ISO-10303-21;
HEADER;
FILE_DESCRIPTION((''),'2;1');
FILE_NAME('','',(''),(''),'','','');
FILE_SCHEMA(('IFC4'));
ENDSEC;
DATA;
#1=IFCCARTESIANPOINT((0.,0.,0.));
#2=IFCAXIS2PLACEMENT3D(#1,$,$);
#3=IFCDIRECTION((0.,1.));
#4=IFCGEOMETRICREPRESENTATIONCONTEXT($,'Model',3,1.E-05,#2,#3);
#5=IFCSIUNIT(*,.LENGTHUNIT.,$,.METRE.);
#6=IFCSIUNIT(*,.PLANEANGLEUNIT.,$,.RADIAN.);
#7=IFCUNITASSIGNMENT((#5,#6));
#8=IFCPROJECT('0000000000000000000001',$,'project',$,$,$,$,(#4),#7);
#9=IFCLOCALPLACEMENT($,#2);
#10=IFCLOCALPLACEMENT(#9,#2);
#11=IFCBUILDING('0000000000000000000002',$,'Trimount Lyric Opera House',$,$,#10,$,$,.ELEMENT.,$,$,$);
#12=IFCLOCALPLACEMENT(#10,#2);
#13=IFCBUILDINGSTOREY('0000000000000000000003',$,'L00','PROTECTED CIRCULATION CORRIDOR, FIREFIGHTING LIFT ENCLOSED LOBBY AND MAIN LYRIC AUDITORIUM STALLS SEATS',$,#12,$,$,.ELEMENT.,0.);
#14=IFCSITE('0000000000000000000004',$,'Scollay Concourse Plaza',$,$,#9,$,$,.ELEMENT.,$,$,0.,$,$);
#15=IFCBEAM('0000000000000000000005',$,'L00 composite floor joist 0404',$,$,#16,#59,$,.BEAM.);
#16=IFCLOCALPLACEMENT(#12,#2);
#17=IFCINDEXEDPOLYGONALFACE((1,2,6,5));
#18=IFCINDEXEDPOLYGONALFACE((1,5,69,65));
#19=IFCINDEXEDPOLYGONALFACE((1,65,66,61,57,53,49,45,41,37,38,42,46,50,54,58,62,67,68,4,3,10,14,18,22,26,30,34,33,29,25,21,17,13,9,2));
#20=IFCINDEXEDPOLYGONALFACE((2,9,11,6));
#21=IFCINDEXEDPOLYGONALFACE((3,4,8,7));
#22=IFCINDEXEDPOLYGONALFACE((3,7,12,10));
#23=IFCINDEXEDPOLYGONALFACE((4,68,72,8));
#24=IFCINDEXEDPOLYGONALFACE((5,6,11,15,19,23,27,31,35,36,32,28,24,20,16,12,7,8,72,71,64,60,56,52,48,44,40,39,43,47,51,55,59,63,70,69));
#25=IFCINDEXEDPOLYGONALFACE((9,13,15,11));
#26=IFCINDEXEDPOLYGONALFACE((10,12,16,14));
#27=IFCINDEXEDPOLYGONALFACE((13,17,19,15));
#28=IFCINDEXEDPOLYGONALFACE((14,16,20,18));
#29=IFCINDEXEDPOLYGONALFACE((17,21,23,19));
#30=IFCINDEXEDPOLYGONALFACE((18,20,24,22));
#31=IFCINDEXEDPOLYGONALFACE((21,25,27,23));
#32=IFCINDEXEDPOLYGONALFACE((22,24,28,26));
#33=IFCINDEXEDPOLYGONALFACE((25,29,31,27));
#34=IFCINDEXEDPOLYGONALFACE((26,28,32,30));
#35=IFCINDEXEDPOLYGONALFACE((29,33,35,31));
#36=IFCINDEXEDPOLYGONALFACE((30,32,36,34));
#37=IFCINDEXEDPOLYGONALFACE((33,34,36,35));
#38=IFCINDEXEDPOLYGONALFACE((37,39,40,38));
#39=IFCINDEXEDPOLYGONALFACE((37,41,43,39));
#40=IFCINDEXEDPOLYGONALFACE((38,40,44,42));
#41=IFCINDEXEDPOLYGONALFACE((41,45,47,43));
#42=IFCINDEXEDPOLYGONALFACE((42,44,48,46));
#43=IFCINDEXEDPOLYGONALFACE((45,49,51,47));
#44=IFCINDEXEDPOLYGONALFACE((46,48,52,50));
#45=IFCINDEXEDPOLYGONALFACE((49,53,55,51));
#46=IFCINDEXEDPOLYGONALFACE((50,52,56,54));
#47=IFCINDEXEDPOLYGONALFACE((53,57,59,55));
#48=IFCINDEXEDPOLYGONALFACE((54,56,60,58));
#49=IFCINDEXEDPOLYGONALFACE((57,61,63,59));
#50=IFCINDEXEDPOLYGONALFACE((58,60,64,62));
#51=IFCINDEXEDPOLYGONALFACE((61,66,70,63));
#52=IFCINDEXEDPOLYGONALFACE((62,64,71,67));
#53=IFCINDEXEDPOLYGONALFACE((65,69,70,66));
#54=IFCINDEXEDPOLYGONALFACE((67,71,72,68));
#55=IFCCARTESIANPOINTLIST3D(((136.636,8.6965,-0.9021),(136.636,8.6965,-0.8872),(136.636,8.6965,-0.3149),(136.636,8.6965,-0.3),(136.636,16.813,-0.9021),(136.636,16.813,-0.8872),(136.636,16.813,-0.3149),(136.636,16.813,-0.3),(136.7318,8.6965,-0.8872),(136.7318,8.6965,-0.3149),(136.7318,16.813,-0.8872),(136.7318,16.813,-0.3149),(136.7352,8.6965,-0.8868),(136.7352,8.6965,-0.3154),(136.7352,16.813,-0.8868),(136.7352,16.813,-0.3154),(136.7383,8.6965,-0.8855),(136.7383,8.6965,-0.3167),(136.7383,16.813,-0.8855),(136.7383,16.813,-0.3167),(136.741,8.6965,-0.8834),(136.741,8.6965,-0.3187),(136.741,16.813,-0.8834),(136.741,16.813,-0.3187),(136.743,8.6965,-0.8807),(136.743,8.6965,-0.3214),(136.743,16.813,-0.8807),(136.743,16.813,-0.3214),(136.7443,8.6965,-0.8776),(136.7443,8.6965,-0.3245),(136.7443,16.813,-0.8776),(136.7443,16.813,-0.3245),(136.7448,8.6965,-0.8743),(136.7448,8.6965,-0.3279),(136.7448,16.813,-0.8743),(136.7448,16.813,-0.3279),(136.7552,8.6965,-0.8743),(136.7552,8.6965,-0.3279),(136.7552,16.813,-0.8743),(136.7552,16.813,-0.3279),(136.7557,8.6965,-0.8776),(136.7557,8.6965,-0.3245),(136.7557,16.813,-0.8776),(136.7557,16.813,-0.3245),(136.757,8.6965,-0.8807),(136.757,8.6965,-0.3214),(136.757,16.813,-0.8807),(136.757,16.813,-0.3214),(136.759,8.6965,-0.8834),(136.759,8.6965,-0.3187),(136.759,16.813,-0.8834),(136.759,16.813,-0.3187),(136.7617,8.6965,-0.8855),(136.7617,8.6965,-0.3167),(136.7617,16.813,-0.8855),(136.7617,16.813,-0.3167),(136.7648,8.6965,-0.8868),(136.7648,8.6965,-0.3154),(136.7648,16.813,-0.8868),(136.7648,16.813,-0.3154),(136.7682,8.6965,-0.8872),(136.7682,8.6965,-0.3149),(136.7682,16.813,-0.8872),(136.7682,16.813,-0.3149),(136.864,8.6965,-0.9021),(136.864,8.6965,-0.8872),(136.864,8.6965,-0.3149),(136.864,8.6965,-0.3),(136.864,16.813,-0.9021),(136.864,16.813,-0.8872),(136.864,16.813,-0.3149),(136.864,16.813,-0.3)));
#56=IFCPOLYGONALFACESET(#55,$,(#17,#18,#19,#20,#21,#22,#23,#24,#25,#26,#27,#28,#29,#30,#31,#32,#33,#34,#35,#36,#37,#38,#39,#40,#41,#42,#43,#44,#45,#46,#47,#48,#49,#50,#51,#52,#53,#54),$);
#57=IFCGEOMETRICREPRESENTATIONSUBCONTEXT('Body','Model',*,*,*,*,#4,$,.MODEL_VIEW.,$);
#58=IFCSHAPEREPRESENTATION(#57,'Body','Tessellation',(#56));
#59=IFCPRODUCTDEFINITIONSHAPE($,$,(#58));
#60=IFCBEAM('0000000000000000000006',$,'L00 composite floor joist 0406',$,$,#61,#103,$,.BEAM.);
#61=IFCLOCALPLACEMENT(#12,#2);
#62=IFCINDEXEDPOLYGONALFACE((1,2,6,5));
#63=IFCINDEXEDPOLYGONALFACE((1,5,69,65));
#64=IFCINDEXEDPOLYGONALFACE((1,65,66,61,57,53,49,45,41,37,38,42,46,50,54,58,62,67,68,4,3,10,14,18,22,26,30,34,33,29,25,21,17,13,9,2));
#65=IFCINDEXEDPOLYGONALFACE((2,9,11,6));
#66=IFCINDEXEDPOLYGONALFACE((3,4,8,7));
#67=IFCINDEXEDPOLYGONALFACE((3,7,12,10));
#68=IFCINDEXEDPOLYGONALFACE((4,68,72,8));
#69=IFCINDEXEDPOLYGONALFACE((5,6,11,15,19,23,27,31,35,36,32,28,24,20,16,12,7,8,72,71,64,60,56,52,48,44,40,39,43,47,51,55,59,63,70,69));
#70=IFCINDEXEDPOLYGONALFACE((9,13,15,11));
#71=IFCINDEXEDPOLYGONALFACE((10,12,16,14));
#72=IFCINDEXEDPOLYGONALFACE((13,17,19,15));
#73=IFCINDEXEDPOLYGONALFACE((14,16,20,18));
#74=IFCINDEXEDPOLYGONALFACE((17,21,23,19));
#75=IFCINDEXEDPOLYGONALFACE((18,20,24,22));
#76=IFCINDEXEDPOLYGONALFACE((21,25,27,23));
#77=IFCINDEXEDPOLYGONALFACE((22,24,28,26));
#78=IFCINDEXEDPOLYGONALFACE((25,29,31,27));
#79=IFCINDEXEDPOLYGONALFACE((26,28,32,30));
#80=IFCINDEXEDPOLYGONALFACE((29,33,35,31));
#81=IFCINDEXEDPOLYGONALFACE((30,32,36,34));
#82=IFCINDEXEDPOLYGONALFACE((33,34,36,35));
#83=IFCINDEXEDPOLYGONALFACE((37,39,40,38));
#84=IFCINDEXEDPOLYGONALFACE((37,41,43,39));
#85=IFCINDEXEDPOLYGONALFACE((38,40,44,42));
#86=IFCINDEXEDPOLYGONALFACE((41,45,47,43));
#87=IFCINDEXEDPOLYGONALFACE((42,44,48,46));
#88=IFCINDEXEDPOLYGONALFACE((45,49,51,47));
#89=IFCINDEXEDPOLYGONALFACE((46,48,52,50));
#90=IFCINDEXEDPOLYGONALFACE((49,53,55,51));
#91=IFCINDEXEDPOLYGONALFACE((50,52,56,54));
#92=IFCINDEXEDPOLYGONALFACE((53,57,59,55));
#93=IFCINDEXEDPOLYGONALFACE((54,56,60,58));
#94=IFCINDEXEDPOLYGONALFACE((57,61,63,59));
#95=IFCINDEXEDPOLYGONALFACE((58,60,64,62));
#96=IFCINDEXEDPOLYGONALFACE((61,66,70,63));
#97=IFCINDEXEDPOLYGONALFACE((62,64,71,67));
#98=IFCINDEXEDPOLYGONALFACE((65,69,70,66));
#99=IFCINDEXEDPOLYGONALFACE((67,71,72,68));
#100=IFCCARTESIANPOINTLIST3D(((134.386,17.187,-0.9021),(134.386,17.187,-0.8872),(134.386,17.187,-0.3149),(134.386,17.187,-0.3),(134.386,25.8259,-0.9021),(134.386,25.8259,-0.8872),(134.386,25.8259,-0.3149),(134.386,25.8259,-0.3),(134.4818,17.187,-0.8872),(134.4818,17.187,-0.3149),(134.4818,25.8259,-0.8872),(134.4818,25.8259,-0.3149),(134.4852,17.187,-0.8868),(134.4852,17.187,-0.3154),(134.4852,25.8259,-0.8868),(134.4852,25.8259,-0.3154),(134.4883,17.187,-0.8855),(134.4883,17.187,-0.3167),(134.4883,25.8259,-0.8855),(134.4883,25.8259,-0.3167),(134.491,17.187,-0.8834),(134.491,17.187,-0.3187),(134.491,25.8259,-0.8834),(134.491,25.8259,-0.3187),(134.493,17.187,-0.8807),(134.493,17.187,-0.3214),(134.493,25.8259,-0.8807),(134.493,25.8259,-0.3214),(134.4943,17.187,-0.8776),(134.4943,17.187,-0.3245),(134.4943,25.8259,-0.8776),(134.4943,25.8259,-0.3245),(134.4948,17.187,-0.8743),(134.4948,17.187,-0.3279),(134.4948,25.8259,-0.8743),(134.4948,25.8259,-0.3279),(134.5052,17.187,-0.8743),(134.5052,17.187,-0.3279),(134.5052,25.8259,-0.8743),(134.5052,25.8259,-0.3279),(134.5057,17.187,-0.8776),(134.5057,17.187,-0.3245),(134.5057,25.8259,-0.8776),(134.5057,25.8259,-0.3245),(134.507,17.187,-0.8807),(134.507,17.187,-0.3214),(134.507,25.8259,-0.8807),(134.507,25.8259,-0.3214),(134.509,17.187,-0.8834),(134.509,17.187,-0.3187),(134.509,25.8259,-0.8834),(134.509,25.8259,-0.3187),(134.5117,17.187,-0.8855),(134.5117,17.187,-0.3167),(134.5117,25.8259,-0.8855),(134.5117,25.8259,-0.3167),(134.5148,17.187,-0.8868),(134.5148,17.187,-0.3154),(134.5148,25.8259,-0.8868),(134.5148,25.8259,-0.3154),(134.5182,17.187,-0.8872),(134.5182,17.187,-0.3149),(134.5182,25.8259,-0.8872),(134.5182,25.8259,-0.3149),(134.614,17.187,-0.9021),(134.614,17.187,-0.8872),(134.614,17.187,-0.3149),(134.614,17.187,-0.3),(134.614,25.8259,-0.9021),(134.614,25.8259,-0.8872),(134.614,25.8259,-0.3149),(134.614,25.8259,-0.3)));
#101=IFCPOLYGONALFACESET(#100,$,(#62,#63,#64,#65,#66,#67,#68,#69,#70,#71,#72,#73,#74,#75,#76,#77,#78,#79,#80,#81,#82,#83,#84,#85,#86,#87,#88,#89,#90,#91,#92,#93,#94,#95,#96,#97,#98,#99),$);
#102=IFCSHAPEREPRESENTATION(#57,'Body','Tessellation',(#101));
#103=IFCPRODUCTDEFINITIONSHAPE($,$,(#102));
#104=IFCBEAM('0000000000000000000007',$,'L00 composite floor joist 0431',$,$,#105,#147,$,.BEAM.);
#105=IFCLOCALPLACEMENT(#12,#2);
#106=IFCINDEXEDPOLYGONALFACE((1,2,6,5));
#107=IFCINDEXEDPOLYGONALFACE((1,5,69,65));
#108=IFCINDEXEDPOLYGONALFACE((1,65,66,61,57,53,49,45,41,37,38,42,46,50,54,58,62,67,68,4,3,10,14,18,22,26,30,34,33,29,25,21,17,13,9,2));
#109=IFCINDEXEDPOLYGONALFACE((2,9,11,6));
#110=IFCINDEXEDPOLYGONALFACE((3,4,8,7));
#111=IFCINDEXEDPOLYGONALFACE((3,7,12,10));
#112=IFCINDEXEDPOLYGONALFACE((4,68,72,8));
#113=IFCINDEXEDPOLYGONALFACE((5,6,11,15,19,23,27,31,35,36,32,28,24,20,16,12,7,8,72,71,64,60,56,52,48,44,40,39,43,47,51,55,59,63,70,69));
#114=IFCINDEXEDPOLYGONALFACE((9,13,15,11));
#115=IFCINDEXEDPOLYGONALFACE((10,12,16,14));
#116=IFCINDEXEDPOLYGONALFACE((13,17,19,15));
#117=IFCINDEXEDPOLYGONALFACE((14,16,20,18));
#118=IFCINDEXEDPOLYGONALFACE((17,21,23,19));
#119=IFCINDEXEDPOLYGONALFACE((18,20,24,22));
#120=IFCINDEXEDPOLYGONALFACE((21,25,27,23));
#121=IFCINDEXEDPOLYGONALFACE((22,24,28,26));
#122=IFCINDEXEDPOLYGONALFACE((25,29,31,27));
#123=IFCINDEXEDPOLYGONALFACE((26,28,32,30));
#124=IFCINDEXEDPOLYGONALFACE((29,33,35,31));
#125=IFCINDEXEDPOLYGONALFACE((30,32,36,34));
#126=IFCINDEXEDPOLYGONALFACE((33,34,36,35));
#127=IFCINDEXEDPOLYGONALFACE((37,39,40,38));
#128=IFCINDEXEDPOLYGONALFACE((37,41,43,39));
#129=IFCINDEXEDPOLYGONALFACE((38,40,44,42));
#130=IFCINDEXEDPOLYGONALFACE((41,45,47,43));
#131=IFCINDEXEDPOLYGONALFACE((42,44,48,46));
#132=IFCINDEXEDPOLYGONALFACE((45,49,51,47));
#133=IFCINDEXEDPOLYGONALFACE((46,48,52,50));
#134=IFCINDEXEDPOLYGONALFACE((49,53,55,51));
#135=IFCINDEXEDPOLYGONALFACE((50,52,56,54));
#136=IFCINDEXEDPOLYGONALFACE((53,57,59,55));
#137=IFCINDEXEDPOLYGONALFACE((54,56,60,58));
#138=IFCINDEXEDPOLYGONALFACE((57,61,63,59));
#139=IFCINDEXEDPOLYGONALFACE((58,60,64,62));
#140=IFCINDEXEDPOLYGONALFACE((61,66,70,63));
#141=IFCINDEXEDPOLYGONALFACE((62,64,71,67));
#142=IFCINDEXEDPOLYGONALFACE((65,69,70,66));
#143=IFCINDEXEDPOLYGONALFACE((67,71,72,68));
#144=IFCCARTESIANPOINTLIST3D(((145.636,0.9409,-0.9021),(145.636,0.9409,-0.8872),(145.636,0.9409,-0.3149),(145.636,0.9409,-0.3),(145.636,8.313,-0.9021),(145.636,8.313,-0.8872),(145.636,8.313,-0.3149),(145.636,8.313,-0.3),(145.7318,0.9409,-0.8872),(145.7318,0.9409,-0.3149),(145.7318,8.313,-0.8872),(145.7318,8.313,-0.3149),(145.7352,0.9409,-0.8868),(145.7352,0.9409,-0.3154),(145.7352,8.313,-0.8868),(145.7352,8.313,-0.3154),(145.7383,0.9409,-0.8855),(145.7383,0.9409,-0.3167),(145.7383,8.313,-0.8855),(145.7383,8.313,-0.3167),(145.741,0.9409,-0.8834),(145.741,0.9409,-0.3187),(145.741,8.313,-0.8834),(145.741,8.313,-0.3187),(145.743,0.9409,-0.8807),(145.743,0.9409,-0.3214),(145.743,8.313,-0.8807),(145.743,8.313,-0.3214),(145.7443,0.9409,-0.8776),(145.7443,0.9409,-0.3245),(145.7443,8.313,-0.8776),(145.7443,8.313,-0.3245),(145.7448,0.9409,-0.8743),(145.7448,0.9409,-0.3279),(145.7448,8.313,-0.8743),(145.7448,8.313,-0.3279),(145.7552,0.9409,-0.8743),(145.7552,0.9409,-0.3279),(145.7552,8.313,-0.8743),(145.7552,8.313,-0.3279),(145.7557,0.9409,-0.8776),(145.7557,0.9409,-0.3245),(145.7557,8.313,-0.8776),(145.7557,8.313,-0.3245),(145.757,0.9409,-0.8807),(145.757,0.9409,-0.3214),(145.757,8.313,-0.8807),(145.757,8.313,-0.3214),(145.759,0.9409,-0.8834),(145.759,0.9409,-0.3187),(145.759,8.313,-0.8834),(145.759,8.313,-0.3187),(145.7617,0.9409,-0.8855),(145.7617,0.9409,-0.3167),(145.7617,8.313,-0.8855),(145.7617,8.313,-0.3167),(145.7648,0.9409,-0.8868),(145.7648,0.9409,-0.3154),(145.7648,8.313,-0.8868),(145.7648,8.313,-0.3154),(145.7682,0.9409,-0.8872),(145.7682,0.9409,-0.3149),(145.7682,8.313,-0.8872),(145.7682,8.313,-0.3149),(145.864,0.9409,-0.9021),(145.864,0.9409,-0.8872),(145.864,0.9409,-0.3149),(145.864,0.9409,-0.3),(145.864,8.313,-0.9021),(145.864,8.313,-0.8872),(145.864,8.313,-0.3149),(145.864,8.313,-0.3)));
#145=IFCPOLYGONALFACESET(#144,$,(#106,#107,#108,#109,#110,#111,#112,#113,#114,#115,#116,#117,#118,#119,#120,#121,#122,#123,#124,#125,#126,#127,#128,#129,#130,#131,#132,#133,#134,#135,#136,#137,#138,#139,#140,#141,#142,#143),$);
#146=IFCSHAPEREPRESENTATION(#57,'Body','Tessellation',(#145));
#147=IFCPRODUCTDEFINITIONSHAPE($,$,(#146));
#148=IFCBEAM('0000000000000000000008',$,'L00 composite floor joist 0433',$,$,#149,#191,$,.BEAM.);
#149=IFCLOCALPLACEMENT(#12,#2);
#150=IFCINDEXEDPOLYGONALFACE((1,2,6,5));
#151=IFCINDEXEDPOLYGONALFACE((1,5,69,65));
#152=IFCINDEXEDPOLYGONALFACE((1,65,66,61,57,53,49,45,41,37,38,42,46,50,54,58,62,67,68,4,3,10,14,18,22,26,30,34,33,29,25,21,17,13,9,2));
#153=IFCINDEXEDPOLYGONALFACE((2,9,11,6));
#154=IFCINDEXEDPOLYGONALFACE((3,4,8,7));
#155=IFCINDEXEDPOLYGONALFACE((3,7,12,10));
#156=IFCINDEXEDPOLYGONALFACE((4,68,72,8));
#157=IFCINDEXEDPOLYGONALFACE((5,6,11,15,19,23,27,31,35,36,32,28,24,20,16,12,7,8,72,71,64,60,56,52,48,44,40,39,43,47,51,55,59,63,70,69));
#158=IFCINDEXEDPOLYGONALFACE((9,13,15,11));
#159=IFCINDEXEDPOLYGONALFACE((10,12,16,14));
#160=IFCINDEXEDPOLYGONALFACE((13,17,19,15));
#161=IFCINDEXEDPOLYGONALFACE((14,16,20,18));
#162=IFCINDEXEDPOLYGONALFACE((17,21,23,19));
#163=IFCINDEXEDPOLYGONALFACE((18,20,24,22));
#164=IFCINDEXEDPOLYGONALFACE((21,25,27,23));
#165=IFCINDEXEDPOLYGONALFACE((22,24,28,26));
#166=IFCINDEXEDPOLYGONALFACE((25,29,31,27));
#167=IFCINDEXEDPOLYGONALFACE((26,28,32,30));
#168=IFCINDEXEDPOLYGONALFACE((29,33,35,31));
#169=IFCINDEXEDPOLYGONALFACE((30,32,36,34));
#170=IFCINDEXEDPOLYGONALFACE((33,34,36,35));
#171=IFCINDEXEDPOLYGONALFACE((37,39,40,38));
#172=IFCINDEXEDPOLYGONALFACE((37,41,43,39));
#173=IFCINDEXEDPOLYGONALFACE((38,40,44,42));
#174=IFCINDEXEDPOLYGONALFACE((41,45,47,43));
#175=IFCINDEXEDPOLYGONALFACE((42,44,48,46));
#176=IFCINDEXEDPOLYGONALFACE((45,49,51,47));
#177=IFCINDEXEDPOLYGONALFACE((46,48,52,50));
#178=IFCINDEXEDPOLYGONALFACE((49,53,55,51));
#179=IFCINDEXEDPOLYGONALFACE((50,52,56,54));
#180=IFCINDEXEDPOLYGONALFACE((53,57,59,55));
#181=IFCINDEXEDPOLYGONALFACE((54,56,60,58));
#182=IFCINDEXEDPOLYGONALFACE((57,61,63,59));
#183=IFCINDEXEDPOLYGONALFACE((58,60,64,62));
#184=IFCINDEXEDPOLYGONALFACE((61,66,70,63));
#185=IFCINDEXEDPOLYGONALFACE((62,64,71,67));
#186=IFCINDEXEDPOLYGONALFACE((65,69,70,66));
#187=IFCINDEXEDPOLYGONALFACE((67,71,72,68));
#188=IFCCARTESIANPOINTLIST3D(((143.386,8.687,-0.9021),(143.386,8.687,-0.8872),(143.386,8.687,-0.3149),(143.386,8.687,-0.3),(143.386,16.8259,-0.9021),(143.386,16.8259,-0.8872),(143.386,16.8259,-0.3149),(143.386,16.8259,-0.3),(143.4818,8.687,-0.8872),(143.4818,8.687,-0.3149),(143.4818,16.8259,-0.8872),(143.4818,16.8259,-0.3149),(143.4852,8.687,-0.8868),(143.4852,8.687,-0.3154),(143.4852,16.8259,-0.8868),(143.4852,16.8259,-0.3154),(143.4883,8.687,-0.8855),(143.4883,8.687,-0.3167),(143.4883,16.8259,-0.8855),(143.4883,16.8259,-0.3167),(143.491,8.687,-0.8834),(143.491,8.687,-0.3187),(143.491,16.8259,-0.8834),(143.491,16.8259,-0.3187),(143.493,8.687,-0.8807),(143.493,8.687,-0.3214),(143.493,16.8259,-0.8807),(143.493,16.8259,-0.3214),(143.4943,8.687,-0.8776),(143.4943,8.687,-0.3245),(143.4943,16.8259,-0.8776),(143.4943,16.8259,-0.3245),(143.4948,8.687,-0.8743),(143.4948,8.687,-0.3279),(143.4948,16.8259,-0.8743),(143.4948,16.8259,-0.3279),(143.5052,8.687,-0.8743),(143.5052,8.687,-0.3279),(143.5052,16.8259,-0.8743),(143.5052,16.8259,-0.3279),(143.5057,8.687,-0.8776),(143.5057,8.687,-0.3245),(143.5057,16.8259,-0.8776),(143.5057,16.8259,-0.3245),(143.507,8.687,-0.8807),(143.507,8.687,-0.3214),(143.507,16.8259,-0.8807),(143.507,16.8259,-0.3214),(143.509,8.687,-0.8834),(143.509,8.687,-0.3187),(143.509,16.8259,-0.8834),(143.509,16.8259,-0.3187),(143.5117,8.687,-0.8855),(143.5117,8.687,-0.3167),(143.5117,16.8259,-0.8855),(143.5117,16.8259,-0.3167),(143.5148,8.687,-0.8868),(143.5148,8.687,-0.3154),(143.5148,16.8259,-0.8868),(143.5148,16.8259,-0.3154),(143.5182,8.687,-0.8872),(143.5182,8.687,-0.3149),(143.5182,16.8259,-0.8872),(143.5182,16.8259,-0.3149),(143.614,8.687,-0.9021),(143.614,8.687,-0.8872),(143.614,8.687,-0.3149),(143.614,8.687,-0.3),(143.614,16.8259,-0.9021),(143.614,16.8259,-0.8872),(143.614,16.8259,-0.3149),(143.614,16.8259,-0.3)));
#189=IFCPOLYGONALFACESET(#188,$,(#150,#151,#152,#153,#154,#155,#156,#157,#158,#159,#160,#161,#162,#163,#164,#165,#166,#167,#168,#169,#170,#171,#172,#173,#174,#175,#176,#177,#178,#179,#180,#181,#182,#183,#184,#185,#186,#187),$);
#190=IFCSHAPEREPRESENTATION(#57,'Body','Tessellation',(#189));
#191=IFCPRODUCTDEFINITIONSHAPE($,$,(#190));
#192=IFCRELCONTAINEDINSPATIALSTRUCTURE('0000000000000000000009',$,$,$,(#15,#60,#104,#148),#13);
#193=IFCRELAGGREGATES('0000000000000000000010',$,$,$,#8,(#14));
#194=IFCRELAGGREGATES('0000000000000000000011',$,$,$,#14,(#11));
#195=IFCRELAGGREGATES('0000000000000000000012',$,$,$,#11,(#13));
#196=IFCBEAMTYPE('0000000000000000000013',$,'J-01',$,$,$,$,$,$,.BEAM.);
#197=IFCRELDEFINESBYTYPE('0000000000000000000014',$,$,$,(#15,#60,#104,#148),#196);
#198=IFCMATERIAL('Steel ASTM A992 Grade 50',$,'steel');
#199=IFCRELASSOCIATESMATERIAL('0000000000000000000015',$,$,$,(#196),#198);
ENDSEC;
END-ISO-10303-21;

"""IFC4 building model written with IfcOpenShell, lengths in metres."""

from ifc_helpers import new_model, si_unit, direction, frame, origin, origin_2d, place, context, subcontext, project, spatial, i_section, extrude, material, material_profile, profile_set, type_object, element, save


model = new_model("IFC4")

# Units and contexts
model_context = context("Model", 3, precision=1e-05, world=origin(), true_north=direction((0.0, 1.0)))
body_context = subcontext(model_context, "Body", "Model", "MODEL_VIEW")
ifc_project = project(units=[si_unit("LENGTHUNIT", "METRE"), si_unit("PLANEANGLEUNIT", "RADIAN")], contexts=[model_context])

# Site, building, storey
site_placement = place(None, origin())
site = spatial("IfcSite", under=ifc_project, at=site_placement, Name="Scollay Concourse Plaza", CompositionType="ELEMENT", RefElevation=0.0)
building_placement = place(site_placement, origin())
building = spatial("IfcBuilding", under=site, at=building_placement, Name="Trimount Lyric Opera House", CompositionType="ELEMENT")
storey_placement = place(building_placement, origin())
storey = spatial("IfcBuildingStorey", under=building, at=storey_placement, Name="L00", Description="PROTECTED CIRCULATION CORRIDOR, FIREFIGHTING LIFT ENCLOSED LOBBY AND MAIN LYRIC AUDITORIUM STALLS SEATS", CompositionType="ELEMENT", Elevation=0.0)

# Beams
ifc_material_1 = material(Name="Steel ASTM A992 Grade 50", Category="steel")
ifc_material_profile_1 = material_profile(ifc_material_1, i_section(OverallWidth=0.228, OverallDepth=0.6021, WebThickness=0.0105, FlangeThickness=0.0149, FilletRadius=0.0129, at=origin_2d()), Name="W24X68")
ifc_profile_set_1 = profile_set([ifc_material_profile_1], Name="Steel ASTM A992 Grade 50")
beam_type_1 = type_object("IfcBeamType", Name="J-01", PredefinedType="BEAM", material=ifc_profile_set_1)
beam_1_placement = place(storey_placement, frame((136.75, 8.6965, -0.6011), z_axis=(0.0, 1.0, 0.0), x_axis=(-1.0, 0.0, 0.0)))
element("IfcBeam", 1, at=beam_1_placement, inside=storey, type_object=beam_type_1, Name="L00 composite floor joist 0404", PredefinedType="BEAM", context=body_context, shape_type="SweptSolid", body=[
    extrude(i_section(OverallWidth=0.228, OverallDepth=0.6021, WebThickness=0.0105, FlangeThickness=0.0149, FilletRadius=0.0129, at=origin_2d()), origin(), (0.0, 0.0, 1.0), 8.1165),
])
beam_2_placement = place(storey_placement, frame((134.5, 17.187, -0.6011), z_axis=(0.0, 1.0, 0.0), x_axis=(-1.0, 0.0, 0.0)))
element("IfcBeam", 2, at=beam_2_placement, inside=storey, type_object=beam_type_1, Name="L00 composite floor joist 0406", PredefinedType="BEAM", context=body_context, shape_type="SweptSolid", body=[
    extrude(i_section(OverallWidth=0.228, OverallDepth=0.6021, WebThickness=0.0105, FlangeThickness=0.0149, FilletRadius=0.0129, at=origin_2d()), origin(), (0.0, 0.0, 1.0), 8.6389),
])
beam_3_placement = place(storey_placement, frame((145.75, 0.9409, -0.6011), z_axis=(0.0, 1.0, 0.0), x_axis=(-1.0, 0.0, 0.0)))
element("IfcBeam", 3, at=beam_3_placement, inside=storey, type_object=beam_type_1, Name="L00 composite floor joist 0431", PredefinedType="BEAM", context=body_context, shape_type="SweptSolid", body=[
    extrude(i_section(OverallWidth=0.228, OverallDepth=0.6021, WebThickness=0.0105, FlangeThickness=0.0149, FilletRadius=0.0129, at=origin_2d()), origin(), (0.0, 0.0, 1.0), 7.3721),
])
beam_4_placement = place(storey_placement, frame((143.5, 8.687, -0.6011), z_axis=(0.0, 1.0, 0.0), x_axis=(-1.0, 0.0, 0.0)))
element("IfcBeam", 4, at=beam_4_placement, inside=storey, type_object=beam_type_1, Name="L00 composite floor joist 0433", PredefinedType="BEAM", context=body_context, shape_type="SweptSolid", body=[
    extrude(i_section(OverallWidth=0.228, OverallDepth=0.6021, WebThickness=0.0105, FlangeThickness=0.0149, FilletRadius=0.0129, at=origin_2d()), origin(), (0.0, 0.0, 1.0), 8.1389),
])

save(model, "model.ifc")
